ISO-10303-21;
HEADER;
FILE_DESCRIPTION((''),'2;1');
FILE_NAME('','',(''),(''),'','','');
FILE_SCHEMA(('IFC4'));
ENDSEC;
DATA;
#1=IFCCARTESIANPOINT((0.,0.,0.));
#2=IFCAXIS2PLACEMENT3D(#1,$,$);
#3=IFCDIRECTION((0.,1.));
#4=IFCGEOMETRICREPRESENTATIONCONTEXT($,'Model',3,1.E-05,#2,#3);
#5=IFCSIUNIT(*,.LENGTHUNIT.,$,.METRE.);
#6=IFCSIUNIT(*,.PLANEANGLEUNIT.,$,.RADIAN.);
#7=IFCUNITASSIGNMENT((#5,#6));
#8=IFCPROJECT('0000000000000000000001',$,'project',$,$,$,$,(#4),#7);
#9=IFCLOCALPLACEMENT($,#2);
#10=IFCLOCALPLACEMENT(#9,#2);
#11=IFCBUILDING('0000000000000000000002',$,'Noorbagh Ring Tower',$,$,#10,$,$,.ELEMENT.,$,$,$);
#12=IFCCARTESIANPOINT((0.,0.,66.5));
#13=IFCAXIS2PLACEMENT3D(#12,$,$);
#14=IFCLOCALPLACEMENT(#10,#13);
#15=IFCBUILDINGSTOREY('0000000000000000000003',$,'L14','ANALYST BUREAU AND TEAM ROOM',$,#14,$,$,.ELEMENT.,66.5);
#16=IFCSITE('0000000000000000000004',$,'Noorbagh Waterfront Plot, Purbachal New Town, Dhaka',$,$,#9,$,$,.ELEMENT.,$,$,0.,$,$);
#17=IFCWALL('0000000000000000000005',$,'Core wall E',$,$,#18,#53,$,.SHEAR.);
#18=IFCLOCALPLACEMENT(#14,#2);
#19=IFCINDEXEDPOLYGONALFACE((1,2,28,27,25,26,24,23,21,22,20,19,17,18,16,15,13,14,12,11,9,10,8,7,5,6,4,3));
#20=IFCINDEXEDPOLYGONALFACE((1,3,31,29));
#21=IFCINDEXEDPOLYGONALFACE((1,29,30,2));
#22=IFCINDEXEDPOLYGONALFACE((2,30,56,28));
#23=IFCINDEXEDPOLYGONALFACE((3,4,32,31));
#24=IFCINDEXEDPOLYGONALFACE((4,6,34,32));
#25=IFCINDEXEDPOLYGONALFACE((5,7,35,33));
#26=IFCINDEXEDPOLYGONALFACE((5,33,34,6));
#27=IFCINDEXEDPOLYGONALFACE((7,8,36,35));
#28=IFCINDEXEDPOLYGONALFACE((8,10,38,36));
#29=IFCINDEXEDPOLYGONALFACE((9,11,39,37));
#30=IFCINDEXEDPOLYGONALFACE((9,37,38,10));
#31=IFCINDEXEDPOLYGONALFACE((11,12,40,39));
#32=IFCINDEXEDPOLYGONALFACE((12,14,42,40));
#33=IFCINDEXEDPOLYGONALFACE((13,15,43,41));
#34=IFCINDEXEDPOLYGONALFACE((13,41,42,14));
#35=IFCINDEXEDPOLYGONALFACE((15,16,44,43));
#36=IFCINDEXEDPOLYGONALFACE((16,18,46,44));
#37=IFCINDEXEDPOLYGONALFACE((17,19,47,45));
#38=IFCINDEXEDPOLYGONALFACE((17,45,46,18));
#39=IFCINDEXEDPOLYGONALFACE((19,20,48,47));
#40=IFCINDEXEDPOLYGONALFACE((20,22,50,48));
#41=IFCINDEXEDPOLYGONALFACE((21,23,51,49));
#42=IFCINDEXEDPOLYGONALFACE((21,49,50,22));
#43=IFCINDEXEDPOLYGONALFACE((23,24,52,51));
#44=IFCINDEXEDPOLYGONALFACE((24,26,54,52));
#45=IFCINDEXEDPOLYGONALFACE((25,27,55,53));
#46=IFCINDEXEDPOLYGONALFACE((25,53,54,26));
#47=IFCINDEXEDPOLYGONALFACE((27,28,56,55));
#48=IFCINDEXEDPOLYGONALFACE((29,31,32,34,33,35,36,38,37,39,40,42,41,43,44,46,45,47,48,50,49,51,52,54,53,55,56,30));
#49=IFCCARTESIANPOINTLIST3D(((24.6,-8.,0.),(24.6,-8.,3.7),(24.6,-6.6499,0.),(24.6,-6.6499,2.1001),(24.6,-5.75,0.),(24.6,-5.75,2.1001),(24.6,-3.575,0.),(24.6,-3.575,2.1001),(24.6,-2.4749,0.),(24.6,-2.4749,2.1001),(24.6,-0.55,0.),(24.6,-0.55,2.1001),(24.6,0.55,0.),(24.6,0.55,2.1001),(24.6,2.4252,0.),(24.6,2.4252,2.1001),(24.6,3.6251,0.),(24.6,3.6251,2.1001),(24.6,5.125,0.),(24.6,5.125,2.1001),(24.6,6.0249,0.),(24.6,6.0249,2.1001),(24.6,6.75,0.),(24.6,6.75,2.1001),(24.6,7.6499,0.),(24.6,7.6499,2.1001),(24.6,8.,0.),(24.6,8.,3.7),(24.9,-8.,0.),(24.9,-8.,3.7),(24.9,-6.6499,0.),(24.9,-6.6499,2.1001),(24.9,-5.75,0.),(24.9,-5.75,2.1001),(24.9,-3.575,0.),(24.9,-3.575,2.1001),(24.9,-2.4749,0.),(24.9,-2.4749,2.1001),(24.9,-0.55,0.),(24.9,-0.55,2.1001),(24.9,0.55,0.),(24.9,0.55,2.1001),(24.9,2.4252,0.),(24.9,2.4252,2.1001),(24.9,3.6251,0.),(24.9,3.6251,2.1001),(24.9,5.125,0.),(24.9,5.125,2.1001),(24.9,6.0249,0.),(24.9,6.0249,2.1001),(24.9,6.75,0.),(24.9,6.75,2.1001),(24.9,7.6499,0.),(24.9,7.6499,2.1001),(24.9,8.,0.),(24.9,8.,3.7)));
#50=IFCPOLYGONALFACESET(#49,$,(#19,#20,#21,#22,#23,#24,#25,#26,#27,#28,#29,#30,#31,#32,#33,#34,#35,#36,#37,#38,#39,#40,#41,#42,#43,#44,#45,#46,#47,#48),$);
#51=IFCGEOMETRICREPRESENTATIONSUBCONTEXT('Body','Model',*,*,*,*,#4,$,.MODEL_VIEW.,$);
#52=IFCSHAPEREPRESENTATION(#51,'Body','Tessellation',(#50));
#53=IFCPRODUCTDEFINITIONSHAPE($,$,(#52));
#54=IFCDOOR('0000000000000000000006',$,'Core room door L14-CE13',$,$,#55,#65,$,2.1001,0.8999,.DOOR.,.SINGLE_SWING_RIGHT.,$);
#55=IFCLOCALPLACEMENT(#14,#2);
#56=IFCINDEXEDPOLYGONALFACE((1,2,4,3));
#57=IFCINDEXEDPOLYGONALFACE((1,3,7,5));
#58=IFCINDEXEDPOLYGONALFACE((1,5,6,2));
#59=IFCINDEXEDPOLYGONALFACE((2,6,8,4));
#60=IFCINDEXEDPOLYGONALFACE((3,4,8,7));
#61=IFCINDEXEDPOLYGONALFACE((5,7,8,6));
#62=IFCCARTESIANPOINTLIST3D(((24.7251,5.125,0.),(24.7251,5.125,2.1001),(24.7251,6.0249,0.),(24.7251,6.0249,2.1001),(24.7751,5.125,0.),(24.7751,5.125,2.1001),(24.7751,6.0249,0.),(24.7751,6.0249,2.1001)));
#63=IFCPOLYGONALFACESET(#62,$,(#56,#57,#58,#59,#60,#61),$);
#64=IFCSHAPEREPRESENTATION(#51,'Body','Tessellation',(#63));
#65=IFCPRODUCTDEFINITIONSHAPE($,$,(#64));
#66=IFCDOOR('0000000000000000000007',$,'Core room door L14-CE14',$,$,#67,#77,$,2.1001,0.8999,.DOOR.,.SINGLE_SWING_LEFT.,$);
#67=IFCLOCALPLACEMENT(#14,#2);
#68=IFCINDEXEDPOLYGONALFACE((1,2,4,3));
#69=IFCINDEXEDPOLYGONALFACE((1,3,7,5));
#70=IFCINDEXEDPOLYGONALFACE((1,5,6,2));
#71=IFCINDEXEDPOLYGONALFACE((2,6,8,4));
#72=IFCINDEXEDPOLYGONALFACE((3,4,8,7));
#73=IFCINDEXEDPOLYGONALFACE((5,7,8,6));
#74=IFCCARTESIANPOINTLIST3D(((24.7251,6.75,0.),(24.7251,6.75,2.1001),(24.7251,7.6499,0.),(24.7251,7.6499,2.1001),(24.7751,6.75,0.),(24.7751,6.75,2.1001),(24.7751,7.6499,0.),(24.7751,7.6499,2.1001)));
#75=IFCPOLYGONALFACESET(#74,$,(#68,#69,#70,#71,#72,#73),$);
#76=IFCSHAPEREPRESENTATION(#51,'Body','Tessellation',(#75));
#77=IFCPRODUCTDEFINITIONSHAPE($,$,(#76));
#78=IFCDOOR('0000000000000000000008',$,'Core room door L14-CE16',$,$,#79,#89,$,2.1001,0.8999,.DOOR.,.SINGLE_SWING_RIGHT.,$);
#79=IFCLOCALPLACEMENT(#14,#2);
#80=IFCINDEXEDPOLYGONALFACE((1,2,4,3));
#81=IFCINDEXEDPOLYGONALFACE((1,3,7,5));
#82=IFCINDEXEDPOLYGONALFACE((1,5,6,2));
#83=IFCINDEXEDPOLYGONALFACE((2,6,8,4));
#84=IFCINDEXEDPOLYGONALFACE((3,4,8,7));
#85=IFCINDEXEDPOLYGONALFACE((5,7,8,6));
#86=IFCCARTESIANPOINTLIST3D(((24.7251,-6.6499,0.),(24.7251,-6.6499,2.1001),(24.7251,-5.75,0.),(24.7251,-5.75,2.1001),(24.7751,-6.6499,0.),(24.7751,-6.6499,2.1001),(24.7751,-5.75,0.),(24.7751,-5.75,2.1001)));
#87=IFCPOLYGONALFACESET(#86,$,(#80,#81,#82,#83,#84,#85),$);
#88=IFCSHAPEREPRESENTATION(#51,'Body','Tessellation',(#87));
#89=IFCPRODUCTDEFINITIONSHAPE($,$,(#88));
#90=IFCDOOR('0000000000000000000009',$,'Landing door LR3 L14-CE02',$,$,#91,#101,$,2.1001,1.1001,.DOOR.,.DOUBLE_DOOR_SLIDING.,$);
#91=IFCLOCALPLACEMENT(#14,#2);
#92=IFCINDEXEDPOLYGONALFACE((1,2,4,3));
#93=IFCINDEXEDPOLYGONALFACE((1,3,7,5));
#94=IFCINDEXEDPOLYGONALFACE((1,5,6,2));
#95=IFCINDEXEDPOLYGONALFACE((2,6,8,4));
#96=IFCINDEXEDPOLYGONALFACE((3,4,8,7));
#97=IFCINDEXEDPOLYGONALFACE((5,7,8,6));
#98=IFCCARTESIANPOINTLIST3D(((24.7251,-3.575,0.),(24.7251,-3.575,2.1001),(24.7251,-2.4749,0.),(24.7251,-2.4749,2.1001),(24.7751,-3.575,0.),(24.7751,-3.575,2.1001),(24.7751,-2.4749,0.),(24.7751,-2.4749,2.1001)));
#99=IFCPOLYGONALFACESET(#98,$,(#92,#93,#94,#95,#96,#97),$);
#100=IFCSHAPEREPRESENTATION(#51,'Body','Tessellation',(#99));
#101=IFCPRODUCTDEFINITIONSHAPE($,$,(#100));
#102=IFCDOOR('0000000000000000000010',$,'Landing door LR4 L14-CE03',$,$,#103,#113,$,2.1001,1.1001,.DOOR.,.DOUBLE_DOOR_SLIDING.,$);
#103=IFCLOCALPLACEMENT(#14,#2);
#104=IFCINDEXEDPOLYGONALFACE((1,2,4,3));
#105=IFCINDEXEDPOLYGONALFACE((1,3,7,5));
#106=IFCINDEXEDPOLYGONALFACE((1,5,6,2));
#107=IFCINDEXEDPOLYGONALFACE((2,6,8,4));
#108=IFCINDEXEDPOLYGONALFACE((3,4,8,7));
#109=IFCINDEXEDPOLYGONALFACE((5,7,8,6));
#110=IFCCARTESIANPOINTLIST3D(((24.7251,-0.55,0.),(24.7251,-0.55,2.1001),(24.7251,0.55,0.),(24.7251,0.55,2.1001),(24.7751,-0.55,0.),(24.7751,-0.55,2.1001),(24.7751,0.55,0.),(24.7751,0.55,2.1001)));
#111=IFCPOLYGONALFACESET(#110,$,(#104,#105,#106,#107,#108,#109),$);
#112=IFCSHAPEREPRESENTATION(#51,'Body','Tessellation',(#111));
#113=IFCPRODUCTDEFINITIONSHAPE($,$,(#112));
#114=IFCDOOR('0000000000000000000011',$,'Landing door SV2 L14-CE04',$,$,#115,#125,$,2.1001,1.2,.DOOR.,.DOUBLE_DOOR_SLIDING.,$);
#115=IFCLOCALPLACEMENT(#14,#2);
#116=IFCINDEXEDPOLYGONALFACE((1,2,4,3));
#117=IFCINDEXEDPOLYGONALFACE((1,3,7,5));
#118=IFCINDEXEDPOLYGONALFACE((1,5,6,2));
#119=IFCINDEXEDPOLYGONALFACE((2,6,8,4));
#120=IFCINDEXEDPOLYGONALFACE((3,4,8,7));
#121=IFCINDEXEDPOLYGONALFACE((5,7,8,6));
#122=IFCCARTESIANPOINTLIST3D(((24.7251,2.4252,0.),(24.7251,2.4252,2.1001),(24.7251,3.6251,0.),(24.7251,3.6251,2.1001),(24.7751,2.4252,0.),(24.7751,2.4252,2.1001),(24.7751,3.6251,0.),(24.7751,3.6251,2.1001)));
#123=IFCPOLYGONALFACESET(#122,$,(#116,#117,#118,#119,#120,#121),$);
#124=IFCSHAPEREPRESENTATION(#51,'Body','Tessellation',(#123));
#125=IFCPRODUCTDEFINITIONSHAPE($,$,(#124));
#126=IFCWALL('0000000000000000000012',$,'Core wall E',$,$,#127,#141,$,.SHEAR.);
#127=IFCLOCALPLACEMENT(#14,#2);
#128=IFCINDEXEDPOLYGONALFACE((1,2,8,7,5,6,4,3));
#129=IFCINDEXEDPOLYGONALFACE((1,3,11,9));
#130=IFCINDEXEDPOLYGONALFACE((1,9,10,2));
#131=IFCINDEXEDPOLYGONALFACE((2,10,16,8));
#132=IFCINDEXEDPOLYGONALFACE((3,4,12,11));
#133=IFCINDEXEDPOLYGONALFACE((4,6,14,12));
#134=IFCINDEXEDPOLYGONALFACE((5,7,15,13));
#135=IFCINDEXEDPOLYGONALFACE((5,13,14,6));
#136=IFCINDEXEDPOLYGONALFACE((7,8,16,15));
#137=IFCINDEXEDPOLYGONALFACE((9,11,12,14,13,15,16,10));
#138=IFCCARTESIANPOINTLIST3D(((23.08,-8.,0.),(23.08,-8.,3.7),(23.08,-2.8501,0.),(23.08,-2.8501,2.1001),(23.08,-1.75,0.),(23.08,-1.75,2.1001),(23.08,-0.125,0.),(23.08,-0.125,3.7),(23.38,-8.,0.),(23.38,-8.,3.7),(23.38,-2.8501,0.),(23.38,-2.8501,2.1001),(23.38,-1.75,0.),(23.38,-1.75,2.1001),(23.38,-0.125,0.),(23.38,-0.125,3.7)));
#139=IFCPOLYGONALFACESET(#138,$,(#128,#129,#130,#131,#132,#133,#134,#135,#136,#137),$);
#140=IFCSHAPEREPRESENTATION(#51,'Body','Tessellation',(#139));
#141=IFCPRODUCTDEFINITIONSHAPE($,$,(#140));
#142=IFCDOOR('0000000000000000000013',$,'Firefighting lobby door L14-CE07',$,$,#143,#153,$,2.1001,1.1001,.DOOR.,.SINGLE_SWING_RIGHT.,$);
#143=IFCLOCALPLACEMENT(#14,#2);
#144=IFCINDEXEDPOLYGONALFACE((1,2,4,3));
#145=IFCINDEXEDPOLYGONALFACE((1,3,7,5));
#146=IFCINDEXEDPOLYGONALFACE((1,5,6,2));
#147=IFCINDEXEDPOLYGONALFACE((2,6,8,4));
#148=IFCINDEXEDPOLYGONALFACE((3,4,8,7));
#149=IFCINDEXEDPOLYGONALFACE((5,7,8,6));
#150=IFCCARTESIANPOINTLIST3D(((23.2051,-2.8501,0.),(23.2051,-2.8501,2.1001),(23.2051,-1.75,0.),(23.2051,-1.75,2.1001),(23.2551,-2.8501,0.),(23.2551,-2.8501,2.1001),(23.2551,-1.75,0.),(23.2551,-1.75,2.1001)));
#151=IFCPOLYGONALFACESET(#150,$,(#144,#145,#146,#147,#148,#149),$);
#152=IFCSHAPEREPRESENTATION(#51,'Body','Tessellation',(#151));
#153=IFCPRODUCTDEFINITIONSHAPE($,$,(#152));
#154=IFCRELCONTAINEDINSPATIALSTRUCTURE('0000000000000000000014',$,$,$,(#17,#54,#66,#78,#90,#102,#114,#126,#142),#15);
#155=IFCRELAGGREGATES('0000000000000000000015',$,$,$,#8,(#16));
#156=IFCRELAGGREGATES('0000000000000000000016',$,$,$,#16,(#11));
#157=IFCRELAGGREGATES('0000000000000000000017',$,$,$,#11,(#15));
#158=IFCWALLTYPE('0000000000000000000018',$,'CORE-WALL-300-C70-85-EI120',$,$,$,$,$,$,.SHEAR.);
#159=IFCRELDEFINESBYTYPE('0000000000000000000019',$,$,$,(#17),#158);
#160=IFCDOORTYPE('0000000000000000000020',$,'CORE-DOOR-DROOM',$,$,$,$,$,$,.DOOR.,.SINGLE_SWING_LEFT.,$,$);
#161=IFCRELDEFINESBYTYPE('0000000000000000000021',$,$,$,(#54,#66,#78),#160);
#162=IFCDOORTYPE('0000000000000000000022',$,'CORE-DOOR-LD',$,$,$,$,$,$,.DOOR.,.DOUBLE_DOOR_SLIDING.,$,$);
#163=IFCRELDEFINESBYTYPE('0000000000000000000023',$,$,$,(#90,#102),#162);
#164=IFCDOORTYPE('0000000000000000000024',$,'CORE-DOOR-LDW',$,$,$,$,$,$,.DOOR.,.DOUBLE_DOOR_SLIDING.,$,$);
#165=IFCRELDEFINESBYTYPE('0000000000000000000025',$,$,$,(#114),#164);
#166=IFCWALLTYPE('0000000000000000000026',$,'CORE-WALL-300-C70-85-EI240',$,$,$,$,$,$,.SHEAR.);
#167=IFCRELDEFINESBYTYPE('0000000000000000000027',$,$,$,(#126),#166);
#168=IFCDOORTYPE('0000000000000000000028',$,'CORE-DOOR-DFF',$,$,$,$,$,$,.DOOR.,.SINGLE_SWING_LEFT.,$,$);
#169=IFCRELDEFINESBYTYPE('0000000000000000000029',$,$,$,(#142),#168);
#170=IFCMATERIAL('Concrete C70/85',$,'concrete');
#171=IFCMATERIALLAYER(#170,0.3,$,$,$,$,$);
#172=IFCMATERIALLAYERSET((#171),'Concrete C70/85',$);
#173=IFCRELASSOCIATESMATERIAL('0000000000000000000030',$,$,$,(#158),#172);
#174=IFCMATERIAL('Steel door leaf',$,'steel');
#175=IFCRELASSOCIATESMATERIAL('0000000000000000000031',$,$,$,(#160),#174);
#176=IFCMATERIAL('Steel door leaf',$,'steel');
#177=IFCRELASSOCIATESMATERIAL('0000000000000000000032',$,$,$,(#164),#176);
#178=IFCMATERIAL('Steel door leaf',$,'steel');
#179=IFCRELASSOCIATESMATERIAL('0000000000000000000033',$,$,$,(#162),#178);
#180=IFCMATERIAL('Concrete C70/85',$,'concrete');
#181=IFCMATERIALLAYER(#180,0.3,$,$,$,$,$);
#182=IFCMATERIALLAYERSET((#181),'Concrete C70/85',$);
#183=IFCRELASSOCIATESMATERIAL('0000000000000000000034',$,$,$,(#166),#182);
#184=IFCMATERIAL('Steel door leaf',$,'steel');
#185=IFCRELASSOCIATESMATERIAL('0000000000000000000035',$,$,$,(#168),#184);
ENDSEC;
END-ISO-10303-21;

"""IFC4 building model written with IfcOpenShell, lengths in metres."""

from ifc_helpers import new_model, si_unit, direction, frame, frame_2d, origin, place, context, subcontext, project, spatial, rectangle, extrude, material, layer, layer_set, type_object, element, fill, save


model = new_model("IFC4")

# Units and contexts
model_context = context("Model", 3, precision=1e-05, world=origin(), true_north=direction((0.0, 1.0)))
body_context = subcontext(model_context, "Body", "Model", "MODEL_VIEW")
ifc_project = project(units=[si_unit("LENGTHUNIT", "METRE"), si_unit("PLANEANGLEUNIT", "RADIAN")], contexts=[model_context])

# Site, building, storey
site_placement = place(None, origin())
site = spatial("IfcSite", under=ifc_project, at=site_placement, Name="Noorbagh Waterfront Plot, Purbachal New Town, Dhaka", CompositionType="ELEMENT", RefElevation=0.0)
building_placement = place(site_placement, origin())
building = spatial("IfcBuilding", under=site, at=building_placement, Name="Noorbagh Ring Tower", CompositionType="ELEMENT")
storey_placement = place(building_placement, frame((0.0, 0.0, 66.5)))
storey = spatial("IfcBuildingStorey", under=building, at=storey_placement, Name="L14", Description="ANALYST BUREAU AND TEAM ROOM", CompositionType="ELEMENT", Elevation=66.5)

# Wall, openings, doors
ifc_material_1 = material(Name="Concrete C70/85", Category="concrete")
ifc_layer_1 = layer(ifc_material_1, 0.3)
ifc_layer_set_1 = layer_set([ifc_layer_1], Name="Concrete C70/85")
wall_type_1 = type_object("IfcWallType", Name="CORE-WALL-300-C70-85-EI120", PredefinedType="SHEAR", material=ifc_layer_set_1)
ifc_material_2 = material(Name="Steel door leaf", Category="steel")
door_type_1 = type_object("IfcDoorType", Name="CORE-DOOR-DROOM", OperationType="SINGLE_SWING_LEFT", PredefinedType="DOOR", material=ifc_material_2)
ifc_material_3 = material(Name="Steel door leaf", Category="steel")
door_type_2 = type_object("IfcDoorType", Name="CORE-DOOR-LDW", OperationType="DOUBLE_DOOR_SLIDING", PredefinedType="DOOR", material=ifc_material_3)
wall_1_placement = place(storey_placement, frame((24.75, -8.0, 0.0), z_axis=(0.0, 0.0, 1.0), x_axis=(0.0, 1.0, 0.0)))
wall_1 = element("IfcWall", 1, at=wall_1_placement, inside=storey, type_object=wall_type_1, Name="Core wall E", PredefinedType="SHEAR", context=body_context, shape_type="SweptSolid", body=[
    extrude(rectangle(XDim=16.0, YDim=0.3, at=frame_2d((8.0, 0.0))), origin(), (0.0, 0.0, 1.0), 3.7),
])
opening_1_placement = place(wall_1_placement, frame((4.425, 0.0, 0.0)))
opening_1 = element("IfcOpeningElement", 2, at=opening_1_placement, cuts=wall_1, PredefinedType="OPENING", context=body_context, shape_type="SweptSolid", body=[
    extrude(rectangle(XDim=1.1001, YDim=2.1001, at=frame_2d((0.55, 1.05))), frame((0.0, 0.1602, 0.0), z_axis=(0.0, -1.0, 0.0), x_axis=(1.0, 0.0, 0.0)), (0.0, 0.0, 1.0), 0.3201),
])
opening_2_placement = place(wall_1_placement, frame((7.45, 0.0, 0.0)))
opening_2 = element("IfcOpeningElement", 3, at=opening_2_placement, cuts=wall_1, PredefinedType="OPENING", context=body_context, shape_type="SweptSolid", body=[
    extrude(rectangle(XDim=1.1001, YDim=2.1001, at=frame_2d((0.55, 1.05))), frame((0.0, 0.1602, 0.0), z_axis=(0.0, -1.0, 0.0), x_axis=(1.0, 0.0, 0.0)), (0.0, 0.0, 1.0), 0.3201),
])
opening_3_placement = place(wall_1_placement, frame((10.425, 0.0, 0.0)))
opening_3 = element("IfcOpeningElement", 4, at=opening_3_placement, cuts=wall_1, PredefinedType="OPENING", context=body_context, shape_type="SweptSolid", body=[
    extrude(rectangle(XDim=1.2, YDim=2.1001, at=frame_2d((0.6001, 1.05))), frame((0.0, 0.1602, 0.0), z_axis=(0.0, -1.0, 0.0), x_axis=(1.0, 0.0, 0.0)), (0.0, 0.0, 1.0), 0.3201),
])
opening_4_placement = place(wall_1_placement, frame((13.125, 0.0, 0.0)))
opening_4 = element("IfcOpeningElement", 5, at=opening_4_placement, cuts=wall_1, PredefinedType="OPENING", context=body_context, shape_type="SweptSolid", body=[
    extrude(rectangle(XDim=0.8999, YDim=2.1001, at=frame_2d((0.45, 1.05))), frame((0.0, 0.1602, 0.0), z_axis=(0.0, -1.0, 0.0), x_axis=(1.0, 0.0, 0.0)), (0.0, 0.0, 1.0), 0.3201),
])
opening_5_placement = place(wall_1_placement, frame((14.75, 0.0, 0.0)))
opening_5 = element("IfcOpeningElement", 6, at=opening_5_placement, cuts=wall_1, PredefinedType="OPENING", context=body_context, shape_type="SweptSolid", body=[
    extrude(rectangle(XDim=0.8999, YDim=2.1001, at=frame_2d((0.45, 1.05))), frame((0.0, 0.1602, 0.0), z_axis=(0.0, -1.0, 0.0), x_axis=(1.0, 0.0, 0.0)), (0.0, 0.0, 1.0), 0.3201),
])
opening_6_placement = place(wall_1_placement, frame((1.3501, 0.0, 0.0)))
opening_6 = element("IfcOpeningElement", 7, at=opening_6_placement, cuts=wall_1, PredefinedType="OPENING", context=body_context, shape_type="SweptSolid", body=[
    extrude(rectangle(XDim=0.8999, YDim=2.1001, at=frame_2d((0.45, 1.05))), frame((0.0, 0.1602, 0.0), z_axis=(0.0, -1.0, 0.0), x_axis=(1.0, 0.0, 0.0)), (0.0, 0.0, 1.0), 0.3201),
])
door_1_placement = place(opening_4_placement, origin())
door_1 = element("IfcDoor", 8, at=door_1_placement, inside=storey, type_object=door_type_1, Name="Core room door L14-CE13", OperationType="SINGLE_SWING_RIGHT", OverallHeight=2.1001, OverallWidth=0.8999, PredefinedType="DOOR", context=body_context, shape_type="SweptSolid", body=[
    extrude(rectangle(XDim=0.8999, YDim=2.1001, at=frame_2d((0.45, 1.05))), frame((0.0, 0.0249, 0.0), z_axis=(0.0, -1.0, 0.0), x_axis=(1.0, 0.0, 0.0)), (0.0, 0.0, 1.0), 0.05),
])
fill(opening_4, door_1)
door_2_placement = place(opening_5_placement, origin())
door_2 = element("IfcDoor", 9, at=door_2_placement, inside=storey, type_object=door_type_1, Name="Core room door L14-CE14", OperationType="SINGLE_SWING_LEFT", OverallHeight=2.1001, OverallWidth=0.8999, PredefinedType="DOOR", context=body_context, shape_type="SweptSolid", body=[
    extrude(rectangle(XDim=0.8999, YDim=2.1001, at=frame_2d((0.45, 1.05))), frame((0.0, 0.0249, 0.0), z_axis=(0.0, -1.0, 0.0), x_axis=(1.0, 0.0, 0.0)), (0.0, 0.0, 1.0), 0.05),
])
fill(opening_5, door_2)
door_3_placement = place(opening_6_placement, origin())
door_3 = element("IfcDoor", 10, at=door_3_placement, inside=storey, type_object=door_type_1, Name="Core room door L14-CE16", OperationType="SINGLE_SWING_RIGHT", OverallHeight=2.1001, OverallWidth=0.8999, PredefinedType="DOOR", context=body_context, shape_type="SweptSolid", body=[
    extrude(rectangle(XDim=0.8999, YDim=2.1001, at=frame_2d((0.45, 1.05))), frame((0.0, 0.0249, 0.0), z_axis=(0.0, -1.0, 0.0), x_axis=(1.0, 0.0, 0.0)), (0.0, 0.0, 1.0), 0.05),
])
fill(opening_6, door_3)
ifc_material_4 = material(Name="Steel door leaf", Category="steel")
door_type_3 = type_object("IfcDoorType", Name="CORE-DOOR-LD", OperationType="DOUBLE_DOOR_SLIDING", PredefinedType="DOOR", material=ifc_material_4)
door_4_placement = place(opening_1_placement, origin())
door_4 = element("IfcDoor", 11, at=door_4_placement, inside=storey, type_object=door_type_3, Name="Landing door LR3 L14-CE02", OperationType="DOUBLE_DOOR_SLIDING", OverallHeight=2.1001, OverallWidth=1.1001, PredefinedType="DOOR", context=body_context, shape_type="SweptSolid", body=[
    extrude(rectangle(XDim=1.1001, YDim=2.1001, at=frame_2d((0.55, 1.05))), frame((0.0, 0.0249, 0.0), z_axis=(0.0, -1.0, 0.0), x_axis=(1.0, 0.0, 0.0)), (0.0, 0.0, 1.0), 0.05),
])
fill(opening_1, door_4)
door_5_placement = place(opening_2_placement, origin())
door_5 = element("IfcDoor", 12, at=door_5_placement, inside=storey, type_object=door_type_3, Name="Landing door LR4 L14-CE03", OperationType="DOUBLE_DOOR_SLIDING", OverallHeight=2.1001, OverallWidth=1.1001, PredefinedType="DOOR", context=body_context, shape_type="SweptSolid", body=[
    extrude(rectangle(XDim=1.1001, YDim=2.1001, at=frame_2d((0.55, 1.05))), frame((0.0, 0.0249, 0.0), z_axis=(0.0, -1.0, 0.0), x_axis=(1.0, 0.0, 0.0)), (0.0, 0.0, 1.0), 0.05),
])
fill(opening_2, door_5)
door_6_placement = place(opening_3_placement, origin())
door_6 = element("IfcDoor", 13, at=door_6_placement, inside=storey, type_object=door_type_2, Name="Landing door SV2 L14-CE04", OperationType="DOUBLE_DOOR_SLIDING", OverallHeight=2.1001, OverallWidth=1.2, PredefinedType="DOOR", context=body_context, shape_type="SweptSolid", body=[
    extrude(rectangle(XDim=1.2, YDim=2.1001, at=frame_2d((0.6001, 1.05))), frame((0.0, 0.0249, 0.0), z_axis=(0.0, -1.0, 0.0), x_axis=(1.0, 0.0, 0.0)), (0.0, 0.0, 1.0), 0.05),
])
fill(opening_3, door_6)

# Wall, opening, door
ifc_material_5 = material(Name="Concrete C70/85", Category="concrete")
ifc_layer_2 = layer(ifc_material_5, 0.3)
ifc_layer_set_2 = layer_set([ifc_layer_2], Name="Concrete C70/85")
wall_type_2 = type_object("IfcWallType", Name="CORE-WALL-300-C70-85-EI240", PredefinedType="SHEAR", material=ifc_layer_set_2)
wall_2_placement = place(storey_placement, frame((23.23, -8.0, 0.0), z_axis=(0.0, 0.0, 1.0), x_axis=(0.0, 1.0, 0.0)))
wall_2 = element("IfcWall", 14, at=wall_2_placement, inside=storey, type_object=wall_type_2, Name="Core wall E", PredefinedType="SHEAR", context=body_context, shape_type="SweptSolid", body=[
    extrude(rectangle(XDim=7.875, YDim=0.3, at=frame_2d((3.9375, 0.0))), origin(), (0.0, 0.0, 1.0), 3.7),
])
opening_7_placement = place(wall_2_placement, frame((5.1499, 0.0, 0.0)))
opening_7 = element("IfcOpeningElement", 15, at=opening_7_placement, cuts=wall_2, PredefinedType="OPENING", context=body_context, shape_type="SweptSolid", body=[
    extrude(rectangle(XDim=1.1001, YDim=2.1001, at=frame_2d((0.55, 1.05))), frame((0.0, 0.1602, 0.0), z_axis=(0.0, -1.0, 0.0), x_axis=(1.0, 0.0, 0.0)), (0.0, 0.0, 1.0), 0.3201),
])
ifc_material_6 = material(Name="Steel door leaf", Category="steel")
door_type_4 = type_object("IfcDoorType", Name="CORE-DOOR-DFF", OperationType="SINGLE_SWING_LEFT", PredefinedType="DOOR", material=ifc_material_6)
door_7_placement = place(opening_7_placement, origin())
door_7 = element("IfcDoor", 16, at=door_7_placement, inside=storey, type_object=door_type_4, Name="Firefighting lobby door L14-CE07", OperationType="SINGLE_SWING_RIGHT", OverallHeight=2.1001, OverallWidth=1.1001, PredefinedType="DOOR", context=body_context, shape_type="SweptSolid", body=[
    extrude(rectangle(XDim=1.1001, YDim=2.1001, at=frame_2d((0.55, 1.05))), frame((0.0, 0.0249, 0.0), z_axis=(0.0, -1.0, 0.0), x_axis=(1.0, 0.0, 0.0)), (0.0, 0.0, 1.0), 0.05),
])
fill(opening_7, door_7)

save(model, "model.ifc")
